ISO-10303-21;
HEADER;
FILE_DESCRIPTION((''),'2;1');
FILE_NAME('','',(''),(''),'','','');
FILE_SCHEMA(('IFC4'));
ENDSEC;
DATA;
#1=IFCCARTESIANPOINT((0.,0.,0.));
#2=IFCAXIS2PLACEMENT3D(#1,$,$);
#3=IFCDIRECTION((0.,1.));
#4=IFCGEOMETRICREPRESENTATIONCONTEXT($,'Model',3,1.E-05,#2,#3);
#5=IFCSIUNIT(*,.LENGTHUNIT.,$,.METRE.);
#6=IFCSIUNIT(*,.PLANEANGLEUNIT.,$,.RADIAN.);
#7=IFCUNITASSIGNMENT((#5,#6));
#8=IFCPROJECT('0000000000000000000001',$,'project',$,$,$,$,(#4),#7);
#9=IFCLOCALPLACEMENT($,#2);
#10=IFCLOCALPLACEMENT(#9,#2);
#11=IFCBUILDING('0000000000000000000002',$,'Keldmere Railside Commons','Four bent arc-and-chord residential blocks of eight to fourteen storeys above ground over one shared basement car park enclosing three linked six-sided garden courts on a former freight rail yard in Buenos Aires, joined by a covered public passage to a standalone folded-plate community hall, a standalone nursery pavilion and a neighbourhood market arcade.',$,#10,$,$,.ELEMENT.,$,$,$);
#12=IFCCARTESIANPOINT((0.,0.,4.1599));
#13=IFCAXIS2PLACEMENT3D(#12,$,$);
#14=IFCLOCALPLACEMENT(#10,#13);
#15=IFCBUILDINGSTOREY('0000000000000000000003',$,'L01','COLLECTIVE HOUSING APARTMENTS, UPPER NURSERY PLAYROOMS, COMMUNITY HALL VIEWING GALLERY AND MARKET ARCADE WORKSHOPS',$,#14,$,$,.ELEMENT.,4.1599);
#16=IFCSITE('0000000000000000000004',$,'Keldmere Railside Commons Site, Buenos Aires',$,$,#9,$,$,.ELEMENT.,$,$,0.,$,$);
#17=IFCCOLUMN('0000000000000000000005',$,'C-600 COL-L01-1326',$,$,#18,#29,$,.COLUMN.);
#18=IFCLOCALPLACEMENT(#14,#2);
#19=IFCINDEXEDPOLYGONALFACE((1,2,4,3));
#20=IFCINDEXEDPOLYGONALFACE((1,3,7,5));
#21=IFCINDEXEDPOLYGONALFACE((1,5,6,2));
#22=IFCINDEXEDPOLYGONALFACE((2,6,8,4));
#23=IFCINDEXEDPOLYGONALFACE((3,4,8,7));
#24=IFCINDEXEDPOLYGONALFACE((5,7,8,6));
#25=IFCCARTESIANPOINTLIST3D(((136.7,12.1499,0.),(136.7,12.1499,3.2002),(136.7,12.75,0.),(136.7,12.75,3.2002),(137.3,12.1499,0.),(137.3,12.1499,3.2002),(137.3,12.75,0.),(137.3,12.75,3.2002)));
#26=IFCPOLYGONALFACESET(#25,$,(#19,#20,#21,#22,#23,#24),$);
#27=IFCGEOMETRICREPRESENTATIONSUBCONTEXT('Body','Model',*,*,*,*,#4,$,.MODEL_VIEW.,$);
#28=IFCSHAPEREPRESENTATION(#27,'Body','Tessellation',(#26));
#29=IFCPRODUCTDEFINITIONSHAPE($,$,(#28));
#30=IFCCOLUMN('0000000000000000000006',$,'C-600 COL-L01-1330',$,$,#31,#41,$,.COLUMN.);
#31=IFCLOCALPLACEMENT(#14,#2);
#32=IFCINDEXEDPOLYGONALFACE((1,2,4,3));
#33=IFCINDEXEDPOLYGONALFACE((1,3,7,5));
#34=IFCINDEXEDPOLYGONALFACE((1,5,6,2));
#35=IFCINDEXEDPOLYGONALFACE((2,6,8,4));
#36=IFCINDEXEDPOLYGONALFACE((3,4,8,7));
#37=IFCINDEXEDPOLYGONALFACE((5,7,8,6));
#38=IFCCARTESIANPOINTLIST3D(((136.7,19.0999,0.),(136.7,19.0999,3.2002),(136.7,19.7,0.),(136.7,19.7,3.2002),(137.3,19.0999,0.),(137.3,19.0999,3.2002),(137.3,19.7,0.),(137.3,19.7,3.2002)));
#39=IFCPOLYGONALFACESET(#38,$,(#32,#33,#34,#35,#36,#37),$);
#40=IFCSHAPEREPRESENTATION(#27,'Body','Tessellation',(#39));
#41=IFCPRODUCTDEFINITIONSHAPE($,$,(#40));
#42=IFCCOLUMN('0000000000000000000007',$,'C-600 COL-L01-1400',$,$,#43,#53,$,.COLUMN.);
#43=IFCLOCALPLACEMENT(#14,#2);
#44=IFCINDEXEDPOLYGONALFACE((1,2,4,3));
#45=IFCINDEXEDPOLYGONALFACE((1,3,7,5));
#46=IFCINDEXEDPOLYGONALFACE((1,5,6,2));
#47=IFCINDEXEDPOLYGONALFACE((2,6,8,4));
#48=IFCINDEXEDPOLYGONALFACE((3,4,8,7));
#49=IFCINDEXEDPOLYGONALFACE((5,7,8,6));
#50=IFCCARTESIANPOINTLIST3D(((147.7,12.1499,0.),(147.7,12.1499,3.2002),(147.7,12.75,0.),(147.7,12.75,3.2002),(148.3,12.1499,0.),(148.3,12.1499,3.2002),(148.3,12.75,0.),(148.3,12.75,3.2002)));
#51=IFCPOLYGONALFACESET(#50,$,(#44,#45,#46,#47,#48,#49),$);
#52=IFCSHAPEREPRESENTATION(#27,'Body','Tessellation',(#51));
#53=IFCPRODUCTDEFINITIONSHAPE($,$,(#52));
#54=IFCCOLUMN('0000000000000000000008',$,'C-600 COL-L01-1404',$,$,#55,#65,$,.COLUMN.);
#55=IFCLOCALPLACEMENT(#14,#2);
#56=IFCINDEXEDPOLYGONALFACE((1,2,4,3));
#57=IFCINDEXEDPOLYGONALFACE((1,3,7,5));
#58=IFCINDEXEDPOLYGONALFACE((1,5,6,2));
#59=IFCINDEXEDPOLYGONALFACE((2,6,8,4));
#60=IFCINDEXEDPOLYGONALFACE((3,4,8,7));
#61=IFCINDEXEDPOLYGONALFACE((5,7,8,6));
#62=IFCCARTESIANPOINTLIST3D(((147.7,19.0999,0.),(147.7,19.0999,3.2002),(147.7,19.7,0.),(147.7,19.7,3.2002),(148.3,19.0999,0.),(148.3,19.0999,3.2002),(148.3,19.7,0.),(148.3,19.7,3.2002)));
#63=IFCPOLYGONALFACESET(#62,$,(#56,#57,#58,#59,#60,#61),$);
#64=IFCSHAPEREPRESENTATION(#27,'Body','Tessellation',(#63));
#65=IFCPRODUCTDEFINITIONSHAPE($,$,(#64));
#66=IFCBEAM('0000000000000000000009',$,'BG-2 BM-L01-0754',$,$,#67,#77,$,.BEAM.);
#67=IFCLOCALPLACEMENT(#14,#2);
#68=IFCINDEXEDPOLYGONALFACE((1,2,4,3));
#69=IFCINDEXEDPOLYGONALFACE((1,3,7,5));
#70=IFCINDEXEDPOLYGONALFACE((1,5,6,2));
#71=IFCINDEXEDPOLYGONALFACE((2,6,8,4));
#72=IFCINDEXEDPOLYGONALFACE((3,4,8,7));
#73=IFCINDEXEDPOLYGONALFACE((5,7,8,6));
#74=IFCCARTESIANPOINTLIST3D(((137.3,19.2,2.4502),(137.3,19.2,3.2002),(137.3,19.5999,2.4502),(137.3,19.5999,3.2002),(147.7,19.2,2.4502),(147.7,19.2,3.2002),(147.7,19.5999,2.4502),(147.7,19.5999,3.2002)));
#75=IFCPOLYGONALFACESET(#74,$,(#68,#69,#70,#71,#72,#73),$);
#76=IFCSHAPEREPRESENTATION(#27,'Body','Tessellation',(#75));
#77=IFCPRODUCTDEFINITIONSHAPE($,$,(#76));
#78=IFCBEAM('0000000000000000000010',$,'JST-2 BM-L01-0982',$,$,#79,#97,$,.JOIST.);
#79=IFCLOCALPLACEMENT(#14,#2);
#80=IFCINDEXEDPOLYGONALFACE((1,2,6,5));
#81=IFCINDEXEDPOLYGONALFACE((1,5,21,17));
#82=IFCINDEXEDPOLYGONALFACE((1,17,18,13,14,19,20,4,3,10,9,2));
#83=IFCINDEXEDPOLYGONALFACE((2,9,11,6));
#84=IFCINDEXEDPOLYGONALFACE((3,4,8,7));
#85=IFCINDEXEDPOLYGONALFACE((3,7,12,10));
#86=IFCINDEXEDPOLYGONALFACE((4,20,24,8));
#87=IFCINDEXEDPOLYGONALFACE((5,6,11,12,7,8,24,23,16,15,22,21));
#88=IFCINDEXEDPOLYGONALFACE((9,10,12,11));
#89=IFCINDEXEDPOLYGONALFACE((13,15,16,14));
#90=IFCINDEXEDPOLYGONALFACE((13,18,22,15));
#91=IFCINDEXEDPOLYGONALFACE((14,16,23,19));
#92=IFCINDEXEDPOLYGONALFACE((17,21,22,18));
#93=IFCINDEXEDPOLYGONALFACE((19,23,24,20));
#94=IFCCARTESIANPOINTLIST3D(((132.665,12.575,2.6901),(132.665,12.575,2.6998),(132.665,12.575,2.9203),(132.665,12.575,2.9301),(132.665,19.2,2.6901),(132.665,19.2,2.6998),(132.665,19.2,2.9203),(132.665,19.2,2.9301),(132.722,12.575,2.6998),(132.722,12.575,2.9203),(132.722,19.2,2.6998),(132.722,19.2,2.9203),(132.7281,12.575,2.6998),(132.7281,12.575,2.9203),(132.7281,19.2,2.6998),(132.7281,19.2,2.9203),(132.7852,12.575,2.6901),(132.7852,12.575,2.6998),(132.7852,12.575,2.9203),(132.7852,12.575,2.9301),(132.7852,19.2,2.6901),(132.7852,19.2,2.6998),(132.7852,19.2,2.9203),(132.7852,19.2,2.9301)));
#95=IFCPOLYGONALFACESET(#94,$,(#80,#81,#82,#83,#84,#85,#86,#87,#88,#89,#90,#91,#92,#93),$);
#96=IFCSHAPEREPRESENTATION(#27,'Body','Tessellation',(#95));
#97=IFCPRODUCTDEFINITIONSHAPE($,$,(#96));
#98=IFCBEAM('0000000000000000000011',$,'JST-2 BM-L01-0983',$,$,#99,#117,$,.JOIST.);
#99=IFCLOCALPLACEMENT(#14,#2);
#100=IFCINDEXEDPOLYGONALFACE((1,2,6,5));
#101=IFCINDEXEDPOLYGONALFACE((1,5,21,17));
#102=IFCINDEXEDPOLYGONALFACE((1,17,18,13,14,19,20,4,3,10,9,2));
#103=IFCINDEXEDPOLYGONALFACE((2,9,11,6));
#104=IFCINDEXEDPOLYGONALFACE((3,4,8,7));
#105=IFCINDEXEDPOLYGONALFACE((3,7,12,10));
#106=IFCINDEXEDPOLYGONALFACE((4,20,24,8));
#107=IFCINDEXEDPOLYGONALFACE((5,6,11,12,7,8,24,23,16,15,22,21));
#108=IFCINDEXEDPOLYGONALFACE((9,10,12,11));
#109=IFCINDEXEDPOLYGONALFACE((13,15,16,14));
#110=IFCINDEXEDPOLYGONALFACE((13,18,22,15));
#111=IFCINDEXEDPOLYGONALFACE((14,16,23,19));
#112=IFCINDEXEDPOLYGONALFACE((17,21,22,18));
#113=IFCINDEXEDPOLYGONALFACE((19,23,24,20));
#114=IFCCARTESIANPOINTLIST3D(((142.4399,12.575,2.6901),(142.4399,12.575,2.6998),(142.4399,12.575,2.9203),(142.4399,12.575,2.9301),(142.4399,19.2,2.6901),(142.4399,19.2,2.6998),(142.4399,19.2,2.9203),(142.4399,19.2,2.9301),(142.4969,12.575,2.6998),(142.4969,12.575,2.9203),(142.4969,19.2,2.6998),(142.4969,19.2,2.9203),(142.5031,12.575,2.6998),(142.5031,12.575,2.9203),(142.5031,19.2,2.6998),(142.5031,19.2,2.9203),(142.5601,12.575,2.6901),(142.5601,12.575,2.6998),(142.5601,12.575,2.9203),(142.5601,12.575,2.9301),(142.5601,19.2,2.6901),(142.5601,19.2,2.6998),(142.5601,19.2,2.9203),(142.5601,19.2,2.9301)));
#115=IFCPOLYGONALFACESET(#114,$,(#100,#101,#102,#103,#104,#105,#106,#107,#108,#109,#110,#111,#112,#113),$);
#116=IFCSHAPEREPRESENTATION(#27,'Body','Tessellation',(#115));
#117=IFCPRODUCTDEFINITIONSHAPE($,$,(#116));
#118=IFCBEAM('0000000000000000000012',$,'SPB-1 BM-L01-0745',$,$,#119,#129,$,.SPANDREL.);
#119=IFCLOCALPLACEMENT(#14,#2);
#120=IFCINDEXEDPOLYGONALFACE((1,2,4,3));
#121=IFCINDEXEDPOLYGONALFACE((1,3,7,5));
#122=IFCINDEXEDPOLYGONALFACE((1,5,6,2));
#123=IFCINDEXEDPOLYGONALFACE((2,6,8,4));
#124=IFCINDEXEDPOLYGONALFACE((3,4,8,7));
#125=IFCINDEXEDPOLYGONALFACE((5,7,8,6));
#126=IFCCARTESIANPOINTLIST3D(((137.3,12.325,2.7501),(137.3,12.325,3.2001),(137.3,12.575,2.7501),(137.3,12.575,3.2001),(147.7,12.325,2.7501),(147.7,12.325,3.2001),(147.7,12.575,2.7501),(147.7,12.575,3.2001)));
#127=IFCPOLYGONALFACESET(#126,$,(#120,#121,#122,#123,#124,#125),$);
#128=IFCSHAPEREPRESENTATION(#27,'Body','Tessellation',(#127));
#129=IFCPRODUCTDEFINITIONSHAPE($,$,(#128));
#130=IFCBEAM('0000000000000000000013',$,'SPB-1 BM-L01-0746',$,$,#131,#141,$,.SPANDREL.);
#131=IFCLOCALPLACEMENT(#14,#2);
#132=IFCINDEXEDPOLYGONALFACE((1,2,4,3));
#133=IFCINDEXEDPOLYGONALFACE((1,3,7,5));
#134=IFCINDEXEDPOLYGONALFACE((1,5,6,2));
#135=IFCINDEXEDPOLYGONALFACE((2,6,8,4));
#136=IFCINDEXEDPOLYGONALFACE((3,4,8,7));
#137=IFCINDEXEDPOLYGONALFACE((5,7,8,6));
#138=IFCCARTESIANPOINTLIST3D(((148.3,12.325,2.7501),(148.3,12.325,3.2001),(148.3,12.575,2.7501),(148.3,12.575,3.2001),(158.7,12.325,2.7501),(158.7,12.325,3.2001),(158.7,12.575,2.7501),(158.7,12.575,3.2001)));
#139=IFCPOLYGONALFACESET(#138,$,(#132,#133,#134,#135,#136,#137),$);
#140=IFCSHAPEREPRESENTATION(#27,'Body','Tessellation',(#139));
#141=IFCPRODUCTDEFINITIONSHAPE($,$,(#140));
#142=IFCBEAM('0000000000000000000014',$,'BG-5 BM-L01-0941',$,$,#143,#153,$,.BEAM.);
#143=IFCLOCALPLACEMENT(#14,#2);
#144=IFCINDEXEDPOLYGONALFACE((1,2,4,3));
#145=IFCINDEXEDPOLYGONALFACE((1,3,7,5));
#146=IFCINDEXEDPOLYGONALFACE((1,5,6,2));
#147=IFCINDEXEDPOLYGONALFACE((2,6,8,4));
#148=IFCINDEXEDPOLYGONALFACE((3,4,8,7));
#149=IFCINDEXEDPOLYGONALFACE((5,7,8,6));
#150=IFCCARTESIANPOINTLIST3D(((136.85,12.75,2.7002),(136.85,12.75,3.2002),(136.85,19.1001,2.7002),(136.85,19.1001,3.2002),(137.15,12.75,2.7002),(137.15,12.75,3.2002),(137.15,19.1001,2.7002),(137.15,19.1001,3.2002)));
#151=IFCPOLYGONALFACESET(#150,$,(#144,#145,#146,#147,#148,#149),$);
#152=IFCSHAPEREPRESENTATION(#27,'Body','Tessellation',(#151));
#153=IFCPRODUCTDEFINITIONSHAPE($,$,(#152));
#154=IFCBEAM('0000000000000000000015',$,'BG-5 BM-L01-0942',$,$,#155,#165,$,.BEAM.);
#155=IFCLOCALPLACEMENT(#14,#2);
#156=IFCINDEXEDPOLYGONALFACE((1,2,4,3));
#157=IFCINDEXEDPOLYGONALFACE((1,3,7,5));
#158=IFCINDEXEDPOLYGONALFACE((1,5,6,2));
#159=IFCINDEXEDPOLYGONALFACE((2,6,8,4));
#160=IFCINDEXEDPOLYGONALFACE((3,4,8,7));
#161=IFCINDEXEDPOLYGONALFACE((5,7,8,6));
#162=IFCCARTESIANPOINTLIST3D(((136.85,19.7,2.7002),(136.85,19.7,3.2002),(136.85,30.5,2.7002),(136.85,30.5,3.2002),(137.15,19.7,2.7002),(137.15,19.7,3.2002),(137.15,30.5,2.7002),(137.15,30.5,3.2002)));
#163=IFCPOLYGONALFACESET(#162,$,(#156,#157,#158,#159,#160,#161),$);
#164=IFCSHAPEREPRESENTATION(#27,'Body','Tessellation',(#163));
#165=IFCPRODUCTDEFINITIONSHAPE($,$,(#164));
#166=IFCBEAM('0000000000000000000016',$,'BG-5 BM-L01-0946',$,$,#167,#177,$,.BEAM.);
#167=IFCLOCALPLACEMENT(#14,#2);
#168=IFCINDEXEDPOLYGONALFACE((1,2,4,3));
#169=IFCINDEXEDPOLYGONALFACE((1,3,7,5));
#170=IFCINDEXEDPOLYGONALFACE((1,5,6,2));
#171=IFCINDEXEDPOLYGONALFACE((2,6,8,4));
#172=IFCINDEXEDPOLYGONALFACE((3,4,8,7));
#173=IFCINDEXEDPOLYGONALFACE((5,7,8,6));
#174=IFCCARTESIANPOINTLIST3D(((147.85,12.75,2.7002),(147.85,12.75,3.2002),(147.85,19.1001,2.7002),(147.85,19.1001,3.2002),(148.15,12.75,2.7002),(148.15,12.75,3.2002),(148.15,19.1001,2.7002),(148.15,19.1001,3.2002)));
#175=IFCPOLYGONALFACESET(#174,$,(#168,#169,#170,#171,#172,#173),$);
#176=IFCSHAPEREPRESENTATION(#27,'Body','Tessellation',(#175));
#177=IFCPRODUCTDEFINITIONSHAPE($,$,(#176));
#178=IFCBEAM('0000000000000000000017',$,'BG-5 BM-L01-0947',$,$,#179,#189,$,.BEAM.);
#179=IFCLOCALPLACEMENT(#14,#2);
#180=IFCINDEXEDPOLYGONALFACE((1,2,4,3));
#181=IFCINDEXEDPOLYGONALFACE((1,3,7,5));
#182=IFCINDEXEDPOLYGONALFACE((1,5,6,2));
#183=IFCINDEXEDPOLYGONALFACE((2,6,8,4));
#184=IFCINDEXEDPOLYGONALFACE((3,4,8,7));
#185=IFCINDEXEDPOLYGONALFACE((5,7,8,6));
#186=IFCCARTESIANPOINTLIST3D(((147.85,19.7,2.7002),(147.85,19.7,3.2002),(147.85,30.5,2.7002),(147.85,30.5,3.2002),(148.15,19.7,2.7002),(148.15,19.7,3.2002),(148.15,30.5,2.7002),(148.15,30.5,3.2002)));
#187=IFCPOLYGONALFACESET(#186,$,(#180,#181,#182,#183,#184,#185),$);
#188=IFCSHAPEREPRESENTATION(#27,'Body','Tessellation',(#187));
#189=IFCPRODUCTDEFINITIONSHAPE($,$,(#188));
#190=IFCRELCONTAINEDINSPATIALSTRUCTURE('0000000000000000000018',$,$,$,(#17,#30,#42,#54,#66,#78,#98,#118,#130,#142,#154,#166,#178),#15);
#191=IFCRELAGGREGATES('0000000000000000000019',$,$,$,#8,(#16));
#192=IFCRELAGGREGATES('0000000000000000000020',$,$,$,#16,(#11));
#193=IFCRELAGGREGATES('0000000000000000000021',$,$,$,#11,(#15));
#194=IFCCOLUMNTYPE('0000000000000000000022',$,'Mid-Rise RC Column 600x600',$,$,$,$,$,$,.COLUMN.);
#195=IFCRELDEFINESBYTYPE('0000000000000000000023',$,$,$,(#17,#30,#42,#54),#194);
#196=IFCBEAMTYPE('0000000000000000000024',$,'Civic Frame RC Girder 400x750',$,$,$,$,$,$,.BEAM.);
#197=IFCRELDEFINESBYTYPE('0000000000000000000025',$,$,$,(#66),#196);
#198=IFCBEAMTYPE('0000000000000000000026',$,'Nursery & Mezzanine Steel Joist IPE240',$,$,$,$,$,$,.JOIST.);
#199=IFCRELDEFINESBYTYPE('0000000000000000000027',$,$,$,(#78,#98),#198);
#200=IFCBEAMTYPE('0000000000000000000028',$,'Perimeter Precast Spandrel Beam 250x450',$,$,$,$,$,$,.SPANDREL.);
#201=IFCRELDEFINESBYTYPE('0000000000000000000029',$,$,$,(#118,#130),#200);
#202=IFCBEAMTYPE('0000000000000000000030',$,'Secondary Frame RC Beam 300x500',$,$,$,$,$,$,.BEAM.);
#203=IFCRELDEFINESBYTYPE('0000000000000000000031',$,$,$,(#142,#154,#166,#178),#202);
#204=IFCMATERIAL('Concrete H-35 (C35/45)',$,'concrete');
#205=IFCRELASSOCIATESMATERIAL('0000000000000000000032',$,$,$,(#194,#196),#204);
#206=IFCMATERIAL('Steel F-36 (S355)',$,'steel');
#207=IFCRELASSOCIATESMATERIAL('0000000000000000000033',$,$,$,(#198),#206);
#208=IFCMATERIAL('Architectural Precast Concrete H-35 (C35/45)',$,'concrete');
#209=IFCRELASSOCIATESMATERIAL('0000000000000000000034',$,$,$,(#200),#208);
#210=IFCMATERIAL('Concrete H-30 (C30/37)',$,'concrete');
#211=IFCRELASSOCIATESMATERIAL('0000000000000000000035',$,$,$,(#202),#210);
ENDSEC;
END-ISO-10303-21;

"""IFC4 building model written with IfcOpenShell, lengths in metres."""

from ifc_helpers import new_model, si_unit, direction, frame, origin, origin_2d, place, context, subcontext, project, spatial, rectangle, i_section, extrude, material, material_profile, profile_set, type_object, element, save


model = new_model("IFC4")

# Units and contexts
model_context = context("Model", 3, precision=1e-05, world=origin(), true_north=direction((0.0, 1.0)))
body_context = subcontext(model_context, "Body", "Model", "MODEL_VIEW")
ifc_project = project(units=[si_unit("LENGTHUNIT", "METRE"), si_unit("PLANEANGLEUNIT", "RADIAN")], contexts=[model_context])

# Site, building, storey
site_placement = place(None, origin())
site = spatial("IfcSite", under=ifc_project, at=site_placement, Name="Keldmere Railside Commons Site, Buenos Aires", CompositionType="ELEMENT", RefElevation=0.0)
building_placement = place(site_placement, origin())
building = spatial("IfcBuilding", under=site, at=building_placement, Name="Keldmere Railside Commons", Description="Four bent arc-and-chord residential blocks of eight to fourteen storeys above ground over one shared basement car park enclosing three linked six-sided garden courts on a former freight rail yard in Buenos Aires, joined by a covered public passage to a standalone folded-plate community hall, a standalone nursery pavilion and a neighbourhood market arcade.", CompositionType="ELEMENT")
storey_placement = place(building_placement, frame((0.0, 0.0, 4.1599)))
storey = spatial("IfcBuildingStorey", under=building, at=storey_placement, Name="L01", Description="COLLECTIVE HOUSING APARTMENTS, UPPER NURSERY PLAYROOMS, COMMUNITY HALL VIEWING GALLERY AND MARKET ARCADE WORKSHOPS", CompositionType="ELEMENT", Elevation=4.1599)

# Columns
ifc_material_1 = material(Name="Concrete H-35 (C35/45)", Category="concrete")
ifc_material_profile_1 = material_profile(ifc_material_1, rectangle(XDim=0.6001, YDim=0.6001, at=origin_2d()), Name="RC-600x600")
ifc_profile_set_1 = profile_set([ifc_material_profile_1], Name="Concrete H-35 (C35/45)")
column_type = type_object("IfcColumnType", Name="Mid-Rise RC Column 600x600", PredefinedType="COLUMN", material=ifc_profile_set_1)
for number, where, z_axis, x_axis, name in (
    (1, (137.0, 12.45, 0.0), (0.0, 0.0, 1.0), (1.0, 0.0, 0.0), "C-600 COL-L01-1326"),
    (2, (137.0, 19.3999, 0.0), (0.0, 0.0, 1.0), (1.0, 0.0, 0.0), "C-600 COL-L01-1330"),
    (3, (148.0, 12.45, 0.0), (0.0, 0.0, 1.0), (1.0, 0.0, 0.0), "C-600 COL-L01-1400"),
    (4, (148.0, 19.3999, 0.0), (0.0, 0.0, 1.0), (1.0, 0.0, 0.0), "C-600 COL-L01-1404"),
):
    element("IfcColumn", number, at=place(storey_placement, frame(where, z_axis=z_axis, x_axis=x_axis)), inside=storey, type_object=column_type, Name=name, PredefinedType="COLUMN", context=body_context, shape_type="SweptSolid", body=[
        extrude(rectangle(XDim=0.6001, YDim=0.6001, at=origin_2d()), origin(), (0.0, 0.0, 1.0), 3.2002),
    ])

# Beams
ifc_material_profile_2 = material_profile(ifc_material_1, rectangle(XDim=0.3999, YDim=0.75, at=origin_2d()), Name="RC-400x750")
ifc_profile_set_2 = profile_set([ifc_material_profile_2], Name="Concrete H-35 (C35/45)")
beam_type_1 = type_object("IfcBeamType", Name="Civic Frame RC Girder 400x750", PredefinedType="BEAM", material=ifc_profile_set_2)
beam_1_placement = place(storey_placement, frame((137.3, 19.3999, 2.8252), z_axis=(1.0, 0.0, 0.0), x_axis=(0.0, 1.0, 0.0)))
element("IfcBeam", 5, at=beam_1_placement, inside=storey, type_object=beam_type_1, Name="BG-2 BM-L01-0754", PredefinedType="BEAM", context=body_context, shape_type="SweptSolid", body=[
    extrude(rectangle(XDim=0.3999, YDim=0.75, at=origin_2d()), origin(), (0.0, 0.0, 1.0), 10.3999),
])
ifc_material_2 = material(Name="Steel F-36 (S355)", Category="steel")
ifc_material_profile_3 = material_profile(ifc_material_2, i_section(OverallWidth=0.1201, OverallDepth=0.24, WebThickness=0.0061, FlangeThickness=0.0098, at=origin_2d()), Name="IPE-240")
ifc_profile_set_3 = profile_set([ifc_material_profile_3], Name="Steel F-36 (S355)")
beam_type_2 = type_object("IfcBeamType", Name="Nursery & Mezzanine Steel Joist IPE240", PredefinedType="JOIST", material=ifc_profile_set_3)
for number, where, z_axis, x_axis, name in (
    (6, (132.7251, 12.575, 2.8101), (0.0, 1.0, 0.0), (-1.0, 0.0, 0.0), "JST-2 BM-L01-0982"),
    (7, (142.5, 12.575, 2.8101), (0.0, 1.0, 0.0), (-1.0, 0.0, 0.0), "JST-2 BM-L01-0983"),
):
    element("IfcBeam", number, at=place(storey_placement, frame(where, z_axis=z_axis, x_axis=x_axis)), inside=storey, type_object=beam_type_2, Name=name, PredefinedType="JOIST", context=body_context, shape_type="SweptSolid", body=[
        extrude(i_section(OverallWidth=0.1201, OverallDepth=0.24, WebThickness=0.0061, FlangeThickness=0.0098, at=origin_2d()), origin(), (0.0, 0.0, 1.0), 6.625),
    ])
ifc_material_3 = material(Name="Architectural Precast Concrete H-35 (C35/45)", Category="concrete")
ifc_material_profile_4 = material_profile(ifc_material_3, rectangle(XDim=0.25, YDim=0.45, at=origin_2d()), Name="RC-250x450")
ifc_profile_set_4 = profile_set([ifc_material_profile_4], Name="Architectural Precast Concrete H-35 (C35/45)")
beam_type_3 = type_object("IfcBeamType", Name="Perimeter Precast Spandrel Beam 250x450", PredefinedType="SPANDREL", material=ifc_profile_set_4)
for number, where, z_axis, x_axis, name in (
    (8, (137.3, 12.45, 2.9751), (1.0, 0.0, 0.0), (0.0, 1.0, 0.0), "SPB-1 BM-L01-0745"),
    (9, (148.3, 12.45, 2.9751), (1.0, 0.0, 0.0), (0.0, 1.0, 0.0), "SPB-1 BM-L01-0746"),
):
    element("IfcBeam", number, at=place(storey_placement, frame(where, z_axis=z_axis, x_axis=x_axis)), inside=storey, type_object=beam_type_3, Name=name, PredefinedType="SPANDREL", context=body_context, shape_type="SweptSolid", body=[
        extrude(rectangle(XDim=0.25, YDim=0.45, at=origin_2d()), origin(), (0.0, 0.0, 1.0), 10.3999),
    ])
ifc_material_4 = material(Name="Concrete H-30 (C30/37)", Category="concrete")
ifc_material_profile_5 = material_profile(ifc_material_4, rectangle(XDim=0.3, YDim=0.5, at=origin_2d()), Name="RC-300x500")
ifc_profile_set_5 = profile_set([ifc_material_profile_5], Name="Concrete H-30 (C30/37)")
beam_type_4 = type_object("IfcBeamType", Name="Secondary Frame RC Beam 300x500", PredefinedType="BEAM", material=ifc_profile_set_5)
beam_2_placement = place(storey_placement, frame((137.0, 12.75, 2.9502), z_axis=(0.0, 1.0, 0.0), x_axis=(-1.0, 0.0, 0.0)))
element("IfcBeam", 10, at=beam_2_placement, inside=storey, type_object=beam_type_4, Name="BG-5 BM-L01-0941", PredefinedType="BEAM", context=body_context, shape_type="SweptSolid", body=[
    extrude(rectangle(XDim=0.3, YDim=0.5, at=origin_2d()), origin(), (0.0, 0.0, 1.0), 6.3501),
])
beam_3_placement = place(storey_placement, frame((137.0, 19.7, 2.9502), z_axis=(0.0, 1.0, 0.0), x_axis=(-1.0, 0.0, 0.0)))
element("IfcBeam", 11, at=beam_3_placement, inside=storey, type_object=beam_type_4, Name="BG-5 BM-L01-0942", PredefinedType="BEAM", context=body_context, shape_type="SweptSolid", body=[
    extrude(rectangle(XDim=0.3, YDim=0.5, at=origin_2d()), origin(), (0.0, 0.0, 1.0), 10.8),
])
beam_4_placement = place(storey_placement, frame((148.0, 12.75, 2.9502), z_axis=(0.0, 1.0, 0.0), x_axis=(-1.0, 0.0, 0.0)))
element("IfcBeam", 12, at=beam_4_placement, inside=storey, type_object=beam_type_4, Name="BG-5 BM-L01-0946", PredefinedType="BEAM", context=body_context, shape_type="SweptSolid", body=[
    extrude(rectangle(XDim=0.3, YDim=0.5, at=origin_2d()), origin(), (0.0, 0.0, 1.0), 6.3501),
])
beam_5_placement = place(storey_placement, frame((148.0, 19.7, 2.9502), z_axis=(0.0, 1.0, 0.0), x_axis=(-1.0, 0.0, 0.0)))
element("IfcBeam", 13, at=beam_5_placement, inside=storey, type_object=beam_type_4, Name="BG-5 BM-L01-0947", PredefinedType="BEAM", context=body_context, shape_type="SweptSolid", body=[
    extrude(rectangle(XDim=0.3, YDim=0.5, at=origin_2d()), origin(), (0.0, 0.0, 1.0), 10.8),
])

save(model, "model.ifc")
